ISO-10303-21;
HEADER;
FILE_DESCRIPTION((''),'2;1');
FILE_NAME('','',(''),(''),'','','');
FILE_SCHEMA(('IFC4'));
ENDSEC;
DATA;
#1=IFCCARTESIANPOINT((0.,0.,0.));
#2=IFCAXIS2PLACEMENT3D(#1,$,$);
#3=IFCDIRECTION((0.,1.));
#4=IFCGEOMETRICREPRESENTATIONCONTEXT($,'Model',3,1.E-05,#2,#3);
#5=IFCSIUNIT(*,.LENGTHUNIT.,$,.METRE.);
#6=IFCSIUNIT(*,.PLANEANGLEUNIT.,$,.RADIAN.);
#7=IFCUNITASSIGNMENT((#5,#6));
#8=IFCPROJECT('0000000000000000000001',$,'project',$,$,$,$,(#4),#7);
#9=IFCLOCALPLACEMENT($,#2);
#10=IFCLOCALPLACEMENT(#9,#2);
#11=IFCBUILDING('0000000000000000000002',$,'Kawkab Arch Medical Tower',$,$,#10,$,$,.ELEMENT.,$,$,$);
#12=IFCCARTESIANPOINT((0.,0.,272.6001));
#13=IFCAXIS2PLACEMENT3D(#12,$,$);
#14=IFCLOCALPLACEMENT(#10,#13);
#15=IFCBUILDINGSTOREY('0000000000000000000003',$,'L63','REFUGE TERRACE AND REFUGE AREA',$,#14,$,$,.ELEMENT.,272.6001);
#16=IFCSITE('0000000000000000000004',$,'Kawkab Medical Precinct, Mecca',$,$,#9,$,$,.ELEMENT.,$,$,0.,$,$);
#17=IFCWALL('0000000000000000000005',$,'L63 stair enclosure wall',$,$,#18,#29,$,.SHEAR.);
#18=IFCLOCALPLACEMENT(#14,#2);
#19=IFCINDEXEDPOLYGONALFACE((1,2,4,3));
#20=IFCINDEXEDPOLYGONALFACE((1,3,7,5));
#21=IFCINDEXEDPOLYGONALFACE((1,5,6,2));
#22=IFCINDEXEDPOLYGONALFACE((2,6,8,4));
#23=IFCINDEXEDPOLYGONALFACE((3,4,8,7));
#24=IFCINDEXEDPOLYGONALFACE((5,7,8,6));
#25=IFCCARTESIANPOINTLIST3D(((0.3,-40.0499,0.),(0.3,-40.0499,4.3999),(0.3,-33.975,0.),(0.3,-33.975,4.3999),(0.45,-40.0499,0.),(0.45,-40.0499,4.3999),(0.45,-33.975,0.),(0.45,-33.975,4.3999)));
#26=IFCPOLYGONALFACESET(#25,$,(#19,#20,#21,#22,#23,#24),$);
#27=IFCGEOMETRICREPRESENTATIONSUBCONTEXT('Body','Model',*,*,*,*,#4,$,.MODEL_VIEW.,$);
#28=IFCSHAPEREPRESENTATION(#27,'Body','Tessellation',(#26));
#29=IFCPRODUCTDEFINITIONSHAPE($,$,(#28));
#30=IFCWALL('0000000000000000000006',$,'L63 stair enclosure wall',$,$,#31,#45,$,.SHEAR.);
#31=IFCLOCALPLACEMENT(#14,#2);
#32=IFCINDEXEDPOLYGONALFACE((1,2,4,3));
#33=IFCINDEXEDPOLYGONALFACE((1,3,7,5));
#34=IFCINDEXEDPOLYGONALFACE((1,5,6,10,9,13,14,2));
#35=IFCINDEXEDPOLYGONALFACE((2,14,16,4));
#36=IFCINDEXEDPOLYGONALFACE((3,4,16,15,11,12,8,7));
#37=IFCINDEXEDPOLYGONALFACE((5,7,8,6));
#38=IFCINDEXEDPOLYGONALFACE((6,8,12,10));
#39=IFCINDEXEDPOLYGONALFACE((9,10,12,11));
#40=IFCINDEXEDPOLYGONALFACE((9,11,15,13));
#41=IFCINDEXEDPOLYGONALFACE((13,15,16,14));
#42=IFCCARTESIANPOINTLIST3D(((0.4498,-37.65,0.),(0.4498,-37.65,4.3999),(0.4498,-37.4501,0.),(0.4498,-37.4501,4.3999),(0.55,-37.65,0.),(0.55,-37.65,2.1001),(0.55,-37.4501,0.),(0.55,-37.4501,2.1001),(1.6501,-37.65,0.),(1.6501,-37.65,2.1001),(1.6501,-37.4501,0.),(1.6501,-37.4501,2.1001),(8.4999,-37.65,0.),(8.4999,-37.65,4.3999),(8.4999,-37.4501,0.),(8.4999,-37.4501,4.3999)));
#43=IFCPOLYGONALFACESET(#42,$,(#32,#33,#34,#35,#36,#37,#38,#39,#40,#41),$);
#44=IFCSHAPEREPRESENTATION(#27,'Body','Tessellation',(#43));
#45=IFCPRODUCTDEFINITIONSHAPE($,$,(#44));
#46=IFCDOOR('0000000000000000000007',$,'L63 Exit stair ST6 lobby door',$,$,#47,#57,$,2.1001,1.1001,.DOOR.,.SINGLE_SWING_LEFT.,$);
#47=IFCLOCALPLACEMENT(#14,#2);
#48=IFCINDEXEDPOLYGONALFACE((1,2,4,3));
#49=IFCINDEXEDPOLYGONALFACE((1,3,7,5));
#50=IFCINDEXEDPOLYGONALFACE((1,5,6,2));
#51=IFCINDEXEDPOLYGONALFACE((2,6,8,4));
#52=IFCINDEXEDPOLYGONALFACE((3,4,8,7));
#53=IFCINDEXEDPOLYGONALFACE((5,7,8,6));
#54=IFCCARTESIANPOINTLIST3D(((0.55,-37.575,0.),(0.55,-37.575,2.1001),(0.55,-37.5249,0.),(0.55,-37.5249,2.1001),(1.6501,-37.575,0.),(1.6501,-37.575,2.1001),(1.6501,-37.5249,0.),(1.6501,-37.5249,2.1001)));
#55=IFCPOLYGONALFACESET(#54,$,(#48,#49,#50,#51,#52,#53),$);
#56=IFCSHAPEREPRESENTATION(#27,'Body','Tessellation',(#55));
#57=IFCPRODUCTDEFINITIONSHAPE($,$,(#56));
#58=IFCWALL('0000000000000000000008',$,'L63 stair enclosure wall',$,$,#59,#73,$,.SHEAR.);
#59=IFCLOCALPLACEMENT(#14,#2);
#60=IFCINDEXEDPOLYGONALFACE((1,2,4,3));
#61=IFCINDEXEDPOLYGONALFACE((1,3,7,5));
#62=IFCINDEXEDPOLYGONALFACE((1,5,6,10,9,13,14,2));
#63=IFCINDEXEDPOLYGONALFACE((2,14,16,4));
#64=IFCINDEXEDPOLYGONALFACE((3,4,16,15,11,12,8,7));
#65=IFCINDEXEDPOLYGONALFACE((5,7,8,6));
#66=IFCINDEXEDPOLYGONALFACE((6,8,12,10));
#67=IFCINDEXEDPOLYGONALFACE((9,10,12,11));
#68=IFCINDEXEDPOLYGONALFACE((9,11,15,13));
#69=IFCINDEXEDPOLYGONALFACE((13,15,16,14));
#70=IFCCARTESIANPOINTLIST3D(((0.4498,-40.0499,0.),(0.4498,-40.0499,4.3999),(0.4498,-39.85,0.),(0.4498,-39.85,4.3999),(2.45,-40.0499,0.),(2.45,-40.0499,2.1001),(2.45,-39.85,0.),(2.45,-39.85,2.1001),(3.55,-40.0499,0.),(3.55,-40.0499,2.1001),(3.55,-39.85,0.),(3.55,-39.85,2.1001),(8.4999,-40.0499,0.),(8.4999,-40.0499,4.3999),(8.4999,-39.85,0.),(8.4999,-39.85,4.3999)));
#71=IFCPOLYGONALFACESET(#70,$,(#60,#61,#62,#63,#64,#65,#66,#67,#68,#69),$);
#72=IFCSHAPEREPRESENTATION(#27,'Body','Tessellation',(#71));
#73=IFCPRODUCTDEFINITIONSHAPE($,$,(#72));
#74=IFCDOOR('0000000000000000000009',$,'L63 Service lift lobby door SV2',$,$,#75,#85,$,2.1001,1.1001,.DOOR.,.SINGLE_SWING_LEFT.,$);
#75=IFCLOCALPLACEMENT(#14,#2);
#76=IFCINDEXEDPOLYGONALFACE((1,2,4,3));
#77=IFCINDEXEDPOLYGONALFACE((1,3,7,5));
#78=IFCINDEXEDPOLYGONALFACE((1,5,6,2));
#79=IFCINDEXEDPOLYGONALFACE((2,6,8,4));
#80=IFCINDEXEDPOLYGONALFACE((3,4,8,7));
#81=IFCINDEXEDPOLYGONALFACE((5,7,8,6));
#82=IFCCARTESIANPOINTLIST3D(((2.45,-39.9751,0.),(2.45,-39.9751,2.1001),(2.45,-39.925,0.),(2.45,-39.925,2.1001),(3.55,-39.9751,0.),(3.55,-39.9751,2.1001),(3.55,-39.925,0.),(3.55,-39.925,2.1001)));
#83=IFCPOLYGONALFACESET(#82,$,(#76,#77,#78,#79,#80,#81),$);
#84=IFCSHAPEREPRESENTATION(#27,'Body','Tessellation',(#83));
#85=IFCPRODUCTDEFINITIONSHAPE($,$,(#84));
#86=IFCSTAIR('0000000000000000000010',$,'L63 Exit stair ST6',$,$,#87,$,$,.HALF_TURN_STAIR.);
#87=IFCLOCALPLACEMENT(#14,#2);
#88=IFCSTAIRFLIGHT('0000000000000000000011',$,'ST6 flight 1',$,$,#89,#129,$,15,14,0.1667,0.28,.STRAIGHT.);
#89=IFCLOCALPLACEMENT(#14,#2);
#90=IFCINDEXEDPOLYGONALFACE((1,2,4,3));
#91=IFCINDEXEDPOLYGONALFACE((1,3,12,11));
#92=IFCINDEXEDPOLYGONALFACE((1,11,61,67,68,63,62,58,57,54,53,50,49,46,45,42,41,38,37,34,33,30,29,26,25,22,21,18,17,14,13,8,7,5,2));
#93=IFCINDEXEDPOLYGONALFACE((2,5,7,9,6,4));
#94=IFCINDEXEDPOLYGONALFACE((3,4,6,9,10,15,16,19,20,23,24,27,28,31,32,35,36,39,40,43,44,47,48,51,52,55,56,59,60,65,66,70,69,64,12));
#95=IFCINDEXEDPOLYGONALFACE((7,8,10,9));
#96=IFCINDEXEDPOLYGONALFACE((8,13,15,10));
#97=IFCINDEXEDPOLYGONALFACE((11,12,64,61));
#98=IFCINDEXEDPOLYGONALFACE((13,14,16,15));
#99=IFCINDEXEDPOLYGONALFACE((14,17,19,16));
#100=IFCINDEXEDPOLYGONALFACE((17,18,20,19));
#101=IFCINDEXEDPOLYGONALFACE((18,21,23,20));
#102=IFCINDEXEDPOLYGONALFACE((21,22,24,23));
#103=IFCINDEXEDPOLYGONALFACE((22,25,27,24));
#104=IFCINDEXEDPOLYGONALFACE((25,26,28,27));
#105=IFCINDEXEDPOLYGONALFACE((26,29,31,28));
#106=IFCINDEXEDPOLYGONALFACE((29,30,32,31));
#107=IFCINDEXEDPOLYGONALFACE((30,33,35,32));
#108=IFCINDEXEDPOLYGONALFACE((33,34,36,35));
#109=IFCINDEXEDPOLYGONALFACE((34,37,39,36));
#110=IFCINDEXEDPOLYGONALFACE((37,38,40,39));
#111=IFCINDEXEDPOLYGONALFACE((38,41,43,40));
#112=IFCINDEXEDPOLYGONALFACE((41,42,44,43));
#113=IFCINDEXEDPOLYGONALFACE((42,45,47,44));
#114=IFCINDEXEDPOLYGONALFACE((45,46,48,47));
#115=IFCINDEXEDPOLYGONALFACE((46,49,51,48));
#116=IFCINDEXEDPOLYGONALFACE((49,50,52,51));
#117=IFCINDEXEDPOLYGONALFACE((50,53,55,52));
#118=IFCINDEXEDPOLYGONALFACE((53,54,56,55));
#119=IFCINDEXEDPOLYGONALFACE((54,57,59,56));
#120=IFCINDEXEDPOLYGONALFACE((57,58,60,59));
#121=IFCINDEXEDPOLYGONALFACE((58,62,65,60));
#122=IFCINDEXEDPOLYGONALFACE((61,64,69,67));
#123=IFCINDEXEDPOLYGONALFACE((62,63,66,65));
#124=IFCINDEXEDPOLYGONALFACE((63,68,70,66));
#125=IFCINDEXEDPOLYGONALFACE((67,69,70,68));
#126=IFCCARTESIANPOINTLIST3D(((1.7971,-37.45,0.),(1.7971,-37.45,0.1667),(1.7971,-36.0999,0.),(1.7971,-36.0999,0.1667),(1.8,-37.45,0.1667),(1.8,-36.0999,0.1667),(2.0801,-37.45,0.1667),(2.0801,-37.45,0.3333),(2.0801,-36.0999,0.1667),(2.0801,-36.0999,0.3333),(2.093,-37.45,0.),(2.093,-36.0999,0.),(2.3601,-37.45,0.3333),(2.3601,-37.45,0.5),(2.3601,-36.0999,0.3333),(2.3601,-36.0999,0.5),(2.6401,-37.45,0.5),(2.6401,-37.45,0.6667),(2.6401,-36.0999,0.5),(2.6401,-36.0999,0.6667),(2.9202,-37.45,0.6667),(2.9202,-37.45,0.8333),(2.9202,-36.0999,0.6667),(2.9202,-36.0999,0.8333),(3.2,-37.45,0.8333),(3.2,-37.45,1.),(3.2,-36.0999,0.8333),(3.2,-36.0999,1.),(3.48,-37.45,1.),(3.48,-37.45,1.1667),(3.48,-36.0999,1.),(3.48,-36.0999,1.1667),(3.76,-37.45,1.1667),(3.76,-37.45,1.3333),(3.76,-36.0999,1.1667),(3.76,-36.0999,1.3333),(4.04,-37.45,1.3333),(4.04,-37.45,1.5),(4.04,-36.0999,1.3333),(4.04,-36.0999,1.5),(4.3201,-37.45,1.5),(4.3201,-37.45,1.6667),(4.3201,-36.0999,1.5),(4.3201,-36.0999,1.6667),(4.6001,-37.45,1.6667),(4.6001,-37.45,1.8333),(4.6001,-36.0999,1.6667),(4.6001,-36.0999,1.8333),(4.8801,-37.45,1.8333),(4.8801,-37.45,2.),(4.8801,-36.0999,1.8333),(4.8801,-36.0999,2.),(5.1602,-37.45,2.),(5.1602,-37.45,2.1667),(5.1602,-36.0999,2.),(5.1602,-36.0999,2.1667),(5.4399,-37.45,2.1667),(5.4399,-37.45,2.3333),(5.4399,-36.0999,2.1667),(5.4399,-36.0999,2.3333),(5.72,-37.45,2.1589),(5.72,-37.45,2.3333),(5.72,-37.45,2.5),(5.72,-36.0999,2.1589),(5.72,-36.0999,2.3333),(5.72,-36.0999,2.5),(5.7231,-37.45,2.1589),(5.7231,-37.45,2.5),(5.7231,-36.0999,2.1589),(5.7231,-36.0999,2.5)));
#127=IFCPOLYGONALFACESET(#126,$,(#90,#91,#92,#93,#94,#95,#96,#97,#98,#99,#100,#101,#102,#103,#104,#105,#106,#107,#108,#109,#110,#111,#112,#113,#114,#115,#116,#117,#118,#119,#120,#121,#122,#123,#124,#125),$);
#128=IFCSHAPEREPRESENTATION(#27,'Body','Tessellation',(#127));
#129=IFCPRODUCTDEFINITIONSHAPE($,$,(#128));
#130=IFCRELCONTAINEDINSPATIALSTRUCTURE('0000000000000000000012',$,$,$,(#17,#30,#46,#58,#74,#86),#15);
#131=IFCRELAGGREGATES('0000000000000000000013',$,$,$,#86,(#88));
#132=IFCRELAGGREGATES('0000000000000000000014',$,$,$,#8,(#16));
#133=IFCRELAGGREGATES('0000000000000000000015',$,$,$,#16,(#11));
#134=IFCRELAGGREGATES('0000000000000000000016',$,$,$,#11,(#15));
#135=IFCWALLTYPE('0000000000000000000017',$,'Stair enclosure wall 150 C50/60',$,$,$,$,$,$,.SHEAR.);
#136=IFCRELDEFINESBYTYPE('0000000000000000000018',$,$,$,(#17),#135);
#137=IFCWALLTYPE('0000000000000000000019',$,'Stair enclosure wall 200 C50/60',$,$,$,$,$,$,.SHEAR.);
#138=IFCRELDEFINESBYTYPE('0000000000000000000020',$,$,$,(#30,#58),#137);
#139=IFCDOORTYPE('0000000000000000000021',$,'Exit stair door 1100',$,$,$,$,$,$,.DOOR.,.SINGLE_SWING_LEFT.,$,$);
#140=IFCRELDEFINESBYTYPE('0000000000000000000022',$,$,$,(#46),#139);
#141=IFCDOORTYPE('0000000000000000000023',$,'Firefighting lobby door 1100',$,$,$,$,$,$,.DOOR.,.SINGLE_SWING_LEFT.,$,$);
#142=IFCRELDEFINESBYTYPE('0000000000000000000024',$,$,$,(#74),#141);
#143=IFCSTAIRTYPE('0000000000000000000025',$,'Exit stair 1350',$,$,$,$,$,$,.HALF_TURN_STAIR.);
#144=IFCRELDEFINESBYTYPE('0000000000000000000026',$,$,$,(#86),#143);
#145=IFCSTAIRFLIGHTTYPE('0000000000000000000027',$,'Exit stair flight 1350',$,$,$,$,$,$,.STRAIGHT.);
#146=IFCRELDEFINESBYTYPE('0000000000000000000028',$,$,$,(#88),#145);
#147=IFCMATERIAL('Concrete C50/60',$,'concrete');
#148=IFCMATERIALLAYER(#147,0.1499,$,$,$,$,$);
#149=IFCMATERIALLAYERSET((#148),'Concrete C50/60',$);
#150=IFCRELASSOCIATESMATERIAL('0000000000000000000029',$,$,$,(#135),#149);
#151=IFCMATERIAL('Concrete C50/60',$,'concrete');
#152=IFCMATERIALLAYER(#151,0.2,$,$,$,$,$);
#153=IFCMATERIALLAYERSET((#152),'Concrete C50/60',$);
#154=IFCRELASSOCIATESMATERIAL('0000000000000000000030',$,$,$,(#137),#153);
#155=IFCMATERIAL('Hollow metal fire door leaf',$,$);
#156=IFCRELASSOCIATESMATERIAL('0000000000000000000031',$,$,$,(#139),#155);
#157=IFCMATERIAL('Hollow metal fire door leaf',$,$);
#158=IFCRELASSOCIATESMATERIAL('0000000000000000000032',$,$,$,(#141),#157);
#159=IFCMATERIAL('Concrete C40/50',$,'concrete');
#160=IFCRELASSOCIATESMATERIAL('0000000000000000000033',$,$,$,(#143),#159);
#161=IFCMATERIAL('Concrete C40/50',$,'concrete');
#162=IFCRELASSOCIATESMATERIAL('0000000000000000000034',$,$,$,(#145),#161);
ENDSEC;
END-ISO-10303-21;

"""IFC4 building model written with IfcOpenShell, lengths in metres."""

from ifc_helpers import new_model, si_unit, direction, frame, frame_2d, origin, place, context, subcontext, project, spatial, polyline, rectangle, outline, extrude, material, layer, layer_set, type_object, element, fill, aggregate, save


model = new_model("IFC4")

# Units and contexts
model_context = context("Model", 3, precision=1e-05, world=origin(), true_north=direction((0.0, 1.0)))
body_context = subcontext(model_context, "Body", "Model", "MODEL_VIEW")
ifc_project = project(units=[si_unit("LENGTHUNIT", "METRE"), si_unit("PLANEANGLEUNIT", "RADIAN")], contexts=[model_context])

# Site, building, storey
site_placement = place(None, origin())
site = spatial("IfcSite", under=ifc_project, at=site_placement, Name="Kawkab Medical Precinct, Mecca", CompositionType="ELEMENT", RefElevation=0.0)
building_placement = place(site_placement, origin())
building = spatial("IfcBuilding", under=site, at=building_placement, Name="Kawkab Arch Medical Tower", CompositionType="ELEMENT")
storey_placement = place(building_placement, frame((0.0, 0.0, 272.6001)))
storey = spatial("IfcBuildingStorey", under=building, at=storey_placement, Name="L63", Description="REFUGE TERRACE AND REFUGE AREA", CompositionType="ELEMENT", Elevation=272.6001)

# Shared definitions
placement = place(storey_placement, origin())

# Wall
ifc_material_1 = material(Name="Concrete C50/60", Category="concrete")
ifc_layer_1 = layer(ifc_material_1, 0.1499)
ifc_layer_set_1 = layer_set([ifc_layer_1], Name="Concrete C50/60")
wall_type_1 = type_object("IfcWallType", Name="Stair enclosure wall 150 C50/60", PredefinedType="SHEAR", material=ifc_layer_set_1)
wall_1_placement = place(storey_placement, frame((0.375, -40.05, 0.0), z_axis=(0.0, 0.0, 1.0), x_axis=(0.0, 1.0, 0.0)))
element("IfcWall", 1, at=wall_1_placement, inside=storey, type_object=wall_type_1, Name="L63 stair enclosure wall", PredefinedType="SHEAR", context=body_context, shape_type="SweptSolid", body=[
    extrude(rectangle(XDim=6.075, YDim=0.1499, at=frame_2d((3.0376, 0.0))), origin(), (0.0, 0.0, 1.0), 4.3999),
])

# Walls, openings, doors
ifc_material_2 = material(Name="Concrete C50/60", Category="concrete")
ifc_layer_2 = layer(ifc_material_2, 0.2)
ifc_layer_set_2 = layer_set([ifc_layer_2], Name="Concrete C50/60")
wall_type_2 = type_object("IfcWallType", Name="Stair enclosure wall 200 C50/60", PredefinedType="SHEAR", material=ifc_layer_set_2)
wall_2_placement = place(storey_placement, frame((0.45, -37.55, 0.0), z_axis=(0.0, 0.0, 1.0), x_axis=(1.0, 0.0, 0.0)))
wall_2 = element("IfcWall", 2, at=wall_2_placement, inside=storey, type_object=wall_type_2, Name="L63 stair enclosure wall", PredefinedType="SHEAR", context=body_context, shape_type="SweptSolid", body=[
    extrude(rectangle(XDim=8.05, YDim=0.2, at=frame_2d((4.0249, 0.0))), origin(), (0.0, 0.0, 1.0), 4.3999),
])
opening_1_placement = place(wall_2_placement, frame((0.1001, 0.0, 0.0)))
opening_1 = element("IfcOpeningElement", 3, at=opening_1_placement, cuts=wall_2, PredefinedType="OPENING", context=body_context, shape_type="SweptSolid", body=[
    extrude(rectangle(XDim=1.1001, YDim=2.1001, at=frame_2d((0.55, 1.05))), frame((0.0, 0.1099, 0.0), z_axis=(0.0, -1.0, 0.0), x_axis=(1.0, 0.0, 0.0)), (0.0, 0.0, 1.0), 0.22),
])
ifc_material_3 = material(Name="Hollow metal fire door leaf")
door_type_1 = type_object("IfcDoorType", Name="Exit stair door 1100", OperationType="SINGLE_SWING_LEFT", PredefinedType="DOOR", material=ifc_material_3)
door_1_placement = place(opening_1_placement, frame((1.1001, 0.0, 0.0), z_axis=(0.0, 0.0, 1.0), x_axis=(-1.0, 0.0, 0.0)))
door_1 = element("IfcDoor", 4, at=door_1_placement, inside=storey, type_object=door_type_1, Name="L63 Exit stair ST6 lobby door", OperationType="SINGLE_SWING_LEFT", OverallHeight=2.1001, OverallWidth=1.1001, PredefinedType="DOOR", context=body_context, shape_type="SweptSolid", body=[
    extrude(rectangle(XDim=1.1001, YDim=2.1001, at=frame_2d((0.55, 1.05))), frame((0.0, 0.0249, 0.0), z_axis=(0.0, -1.0, 0.0), x_axis=(1.0, 0.0, 0.0)), (0.0, 0.0, 1.0), 0.05),
])
fill(opening_1, door_1)
wall_3_placement = place(storey_placement, frame((0.45, -39.95, 0.0), z_axis=(0.0, 0.0, 1.0), x_axis=(1.0, 0.0, 0.0)))
wall_3 = element("IfcWall", 5, at=wall_3_placement, inside=storey, type_object=wall_type_2, Name="L63 stair enclosure wall", PredefinedType="SHEAR", context=body_context, shape_type="SweptSolid", body=[
    extrude(rectangle(XDim=8.05, YDim=0.2, at=frame_2d((4.0249, 0.0))), origin(), (0.0, 0.0, 1.0), 4.3999),
])
opening_2_placement = place(wall_3_placement, frame((2.0, 0.0, 0.0)))
opening_2 = element("IfcOpeningElement", 6, at=opening_2_placement, cuts=wall_3, PredefinedType="OPENING", context=body_context, shape_type="SweptSolid", body=[
    extrude(rectangle(XDim=1.1001, YDim=2.1001, at=frame_2d((0.55, 1.05))), frame((0.0, 0.1099, 0.0), z_axis=(0.0, -1.0, 0.0), x_axis=(1.0, 0.0, 0.0)), (0.0, 0.0, 1.0), 0.22),
])
ifc_material_4 = material(Name="Hollow metal fire door leaf")
door_type_2 = type_object("IfcDoorType", Name="Firefighting lobby door 1100", OperationType="SINGLE_SWING_LEFT", PredefinedType="DOOR", material=ifc_material_4)
door_2_placement = place(opening_2_placement, origin())
door_2 = element("IfcDoor", 7, at=door_2_placement, inside=storey, type_object=door_type_2, Name="L63 Service lift lobby door SV2", OperationType="SINGLE_SWING_LEFT", OverallHeight=2.1001, OverallWidth=1.1001, PredefinedType="DOOR", context=body_context, shape_type="SweptSolid", body=[
    extrude(rectangle(XDim=1.1001, YDim=2.1001, at=frame_2d((0.55, 1.05))), frame((0.0, 0.0249, 0.0), z_axis=(0.0, -1.0, 0.0), x_axis=(1.0, 0.0, 0.0)), (0.0, 0.0, 1.0), 0.05),
])
fill(opening_2, door_2)

# Stair, stair flight
ifc_material_5 = material(Name="Concrete C40/50", Category="concrete")
stair_type = type_object("IfcStairType", Name="Exit stair 1350", PredefinedType="HALF_TURN_STAIR", material=ifc_material_5)
stair = element("IfcStair", 8, at=placement, inside=storey, type_object=stair_type, Name="L63 Exit stair ST6", PredefinedType="HALF_TURN_STAIR")
ifc_material_6 = material(Name="Concrete C40/50", Category="concrete")
stair_flight_type = type_object("IfcStairFlightType", Name="Exit stair flight 1350", PredefinedType="STRAIGHT", material=ifc_material_6)
stair_flight_placement = place(storey_placement, frame((1.8, -36.7749, 0.0), z_axis=(0.0, 0.0, 1.0), x_axis=(1.0, 0.0, 0.0)))
stair_flight = element("IfcStairFlight", 9, at=stair_flight_placement, type_object=stair_flight_type, Name="ST6 flight 1", NumberOfRisers=15, NumberOfTreads=14, PredefinedType="STRAIGHT", RiserHeight=0.1667, TreadLength=0.28, context=body_context, shape_type="SweptSolid", body=[
    extrude(outline(polyline([(-0.0029, 0.0), (-0.0029, 0.1667), (0.0, 0.1667), (0.28, 0.1667), (0.28, 0.3333), (0.5601, 0.3333), (0.5601, 0.5), (0.8401, 0.5), (0.8401, 0.6667), (1.1201, 0.6667), (1.1201, 0.8333), (1.3999, 0.8333), (1.3999, 1.0), (1.6799, 1.0), (1.6799, 1.1667), (1.96, 1.1667), (1.96, 1.3333), (2.24, 1.3333), (2.24, 1.5), (2.52, 1.5), (2.52, 1.6667), (2.8, 1.6667), (2.8, 1.8333), (3.0801, 1.8333), (3.0801, 2.0), (3.3601, 2.0), (3.3601, 2.1667), (3.6399, 2.1667), (3.6399, 2.3333), (3.9199, 2.3333), (3.9199, 2.5), (3.9231, 2.5), (3.9231, 2.1589), (3.9199, 2.1589), (0.293, 0.0), (-0.0029, 0.0)])), frame((0.0, 0.675, 0.0), z_axis=(0.0, -1.0, 0.0), x_axis=(1.0, 0.0, 0.0)), (0.0, 0.0, 1.0), 1.3501),
])
aggregate(stair, [stair_flight])

save(model, "model.ifc")
